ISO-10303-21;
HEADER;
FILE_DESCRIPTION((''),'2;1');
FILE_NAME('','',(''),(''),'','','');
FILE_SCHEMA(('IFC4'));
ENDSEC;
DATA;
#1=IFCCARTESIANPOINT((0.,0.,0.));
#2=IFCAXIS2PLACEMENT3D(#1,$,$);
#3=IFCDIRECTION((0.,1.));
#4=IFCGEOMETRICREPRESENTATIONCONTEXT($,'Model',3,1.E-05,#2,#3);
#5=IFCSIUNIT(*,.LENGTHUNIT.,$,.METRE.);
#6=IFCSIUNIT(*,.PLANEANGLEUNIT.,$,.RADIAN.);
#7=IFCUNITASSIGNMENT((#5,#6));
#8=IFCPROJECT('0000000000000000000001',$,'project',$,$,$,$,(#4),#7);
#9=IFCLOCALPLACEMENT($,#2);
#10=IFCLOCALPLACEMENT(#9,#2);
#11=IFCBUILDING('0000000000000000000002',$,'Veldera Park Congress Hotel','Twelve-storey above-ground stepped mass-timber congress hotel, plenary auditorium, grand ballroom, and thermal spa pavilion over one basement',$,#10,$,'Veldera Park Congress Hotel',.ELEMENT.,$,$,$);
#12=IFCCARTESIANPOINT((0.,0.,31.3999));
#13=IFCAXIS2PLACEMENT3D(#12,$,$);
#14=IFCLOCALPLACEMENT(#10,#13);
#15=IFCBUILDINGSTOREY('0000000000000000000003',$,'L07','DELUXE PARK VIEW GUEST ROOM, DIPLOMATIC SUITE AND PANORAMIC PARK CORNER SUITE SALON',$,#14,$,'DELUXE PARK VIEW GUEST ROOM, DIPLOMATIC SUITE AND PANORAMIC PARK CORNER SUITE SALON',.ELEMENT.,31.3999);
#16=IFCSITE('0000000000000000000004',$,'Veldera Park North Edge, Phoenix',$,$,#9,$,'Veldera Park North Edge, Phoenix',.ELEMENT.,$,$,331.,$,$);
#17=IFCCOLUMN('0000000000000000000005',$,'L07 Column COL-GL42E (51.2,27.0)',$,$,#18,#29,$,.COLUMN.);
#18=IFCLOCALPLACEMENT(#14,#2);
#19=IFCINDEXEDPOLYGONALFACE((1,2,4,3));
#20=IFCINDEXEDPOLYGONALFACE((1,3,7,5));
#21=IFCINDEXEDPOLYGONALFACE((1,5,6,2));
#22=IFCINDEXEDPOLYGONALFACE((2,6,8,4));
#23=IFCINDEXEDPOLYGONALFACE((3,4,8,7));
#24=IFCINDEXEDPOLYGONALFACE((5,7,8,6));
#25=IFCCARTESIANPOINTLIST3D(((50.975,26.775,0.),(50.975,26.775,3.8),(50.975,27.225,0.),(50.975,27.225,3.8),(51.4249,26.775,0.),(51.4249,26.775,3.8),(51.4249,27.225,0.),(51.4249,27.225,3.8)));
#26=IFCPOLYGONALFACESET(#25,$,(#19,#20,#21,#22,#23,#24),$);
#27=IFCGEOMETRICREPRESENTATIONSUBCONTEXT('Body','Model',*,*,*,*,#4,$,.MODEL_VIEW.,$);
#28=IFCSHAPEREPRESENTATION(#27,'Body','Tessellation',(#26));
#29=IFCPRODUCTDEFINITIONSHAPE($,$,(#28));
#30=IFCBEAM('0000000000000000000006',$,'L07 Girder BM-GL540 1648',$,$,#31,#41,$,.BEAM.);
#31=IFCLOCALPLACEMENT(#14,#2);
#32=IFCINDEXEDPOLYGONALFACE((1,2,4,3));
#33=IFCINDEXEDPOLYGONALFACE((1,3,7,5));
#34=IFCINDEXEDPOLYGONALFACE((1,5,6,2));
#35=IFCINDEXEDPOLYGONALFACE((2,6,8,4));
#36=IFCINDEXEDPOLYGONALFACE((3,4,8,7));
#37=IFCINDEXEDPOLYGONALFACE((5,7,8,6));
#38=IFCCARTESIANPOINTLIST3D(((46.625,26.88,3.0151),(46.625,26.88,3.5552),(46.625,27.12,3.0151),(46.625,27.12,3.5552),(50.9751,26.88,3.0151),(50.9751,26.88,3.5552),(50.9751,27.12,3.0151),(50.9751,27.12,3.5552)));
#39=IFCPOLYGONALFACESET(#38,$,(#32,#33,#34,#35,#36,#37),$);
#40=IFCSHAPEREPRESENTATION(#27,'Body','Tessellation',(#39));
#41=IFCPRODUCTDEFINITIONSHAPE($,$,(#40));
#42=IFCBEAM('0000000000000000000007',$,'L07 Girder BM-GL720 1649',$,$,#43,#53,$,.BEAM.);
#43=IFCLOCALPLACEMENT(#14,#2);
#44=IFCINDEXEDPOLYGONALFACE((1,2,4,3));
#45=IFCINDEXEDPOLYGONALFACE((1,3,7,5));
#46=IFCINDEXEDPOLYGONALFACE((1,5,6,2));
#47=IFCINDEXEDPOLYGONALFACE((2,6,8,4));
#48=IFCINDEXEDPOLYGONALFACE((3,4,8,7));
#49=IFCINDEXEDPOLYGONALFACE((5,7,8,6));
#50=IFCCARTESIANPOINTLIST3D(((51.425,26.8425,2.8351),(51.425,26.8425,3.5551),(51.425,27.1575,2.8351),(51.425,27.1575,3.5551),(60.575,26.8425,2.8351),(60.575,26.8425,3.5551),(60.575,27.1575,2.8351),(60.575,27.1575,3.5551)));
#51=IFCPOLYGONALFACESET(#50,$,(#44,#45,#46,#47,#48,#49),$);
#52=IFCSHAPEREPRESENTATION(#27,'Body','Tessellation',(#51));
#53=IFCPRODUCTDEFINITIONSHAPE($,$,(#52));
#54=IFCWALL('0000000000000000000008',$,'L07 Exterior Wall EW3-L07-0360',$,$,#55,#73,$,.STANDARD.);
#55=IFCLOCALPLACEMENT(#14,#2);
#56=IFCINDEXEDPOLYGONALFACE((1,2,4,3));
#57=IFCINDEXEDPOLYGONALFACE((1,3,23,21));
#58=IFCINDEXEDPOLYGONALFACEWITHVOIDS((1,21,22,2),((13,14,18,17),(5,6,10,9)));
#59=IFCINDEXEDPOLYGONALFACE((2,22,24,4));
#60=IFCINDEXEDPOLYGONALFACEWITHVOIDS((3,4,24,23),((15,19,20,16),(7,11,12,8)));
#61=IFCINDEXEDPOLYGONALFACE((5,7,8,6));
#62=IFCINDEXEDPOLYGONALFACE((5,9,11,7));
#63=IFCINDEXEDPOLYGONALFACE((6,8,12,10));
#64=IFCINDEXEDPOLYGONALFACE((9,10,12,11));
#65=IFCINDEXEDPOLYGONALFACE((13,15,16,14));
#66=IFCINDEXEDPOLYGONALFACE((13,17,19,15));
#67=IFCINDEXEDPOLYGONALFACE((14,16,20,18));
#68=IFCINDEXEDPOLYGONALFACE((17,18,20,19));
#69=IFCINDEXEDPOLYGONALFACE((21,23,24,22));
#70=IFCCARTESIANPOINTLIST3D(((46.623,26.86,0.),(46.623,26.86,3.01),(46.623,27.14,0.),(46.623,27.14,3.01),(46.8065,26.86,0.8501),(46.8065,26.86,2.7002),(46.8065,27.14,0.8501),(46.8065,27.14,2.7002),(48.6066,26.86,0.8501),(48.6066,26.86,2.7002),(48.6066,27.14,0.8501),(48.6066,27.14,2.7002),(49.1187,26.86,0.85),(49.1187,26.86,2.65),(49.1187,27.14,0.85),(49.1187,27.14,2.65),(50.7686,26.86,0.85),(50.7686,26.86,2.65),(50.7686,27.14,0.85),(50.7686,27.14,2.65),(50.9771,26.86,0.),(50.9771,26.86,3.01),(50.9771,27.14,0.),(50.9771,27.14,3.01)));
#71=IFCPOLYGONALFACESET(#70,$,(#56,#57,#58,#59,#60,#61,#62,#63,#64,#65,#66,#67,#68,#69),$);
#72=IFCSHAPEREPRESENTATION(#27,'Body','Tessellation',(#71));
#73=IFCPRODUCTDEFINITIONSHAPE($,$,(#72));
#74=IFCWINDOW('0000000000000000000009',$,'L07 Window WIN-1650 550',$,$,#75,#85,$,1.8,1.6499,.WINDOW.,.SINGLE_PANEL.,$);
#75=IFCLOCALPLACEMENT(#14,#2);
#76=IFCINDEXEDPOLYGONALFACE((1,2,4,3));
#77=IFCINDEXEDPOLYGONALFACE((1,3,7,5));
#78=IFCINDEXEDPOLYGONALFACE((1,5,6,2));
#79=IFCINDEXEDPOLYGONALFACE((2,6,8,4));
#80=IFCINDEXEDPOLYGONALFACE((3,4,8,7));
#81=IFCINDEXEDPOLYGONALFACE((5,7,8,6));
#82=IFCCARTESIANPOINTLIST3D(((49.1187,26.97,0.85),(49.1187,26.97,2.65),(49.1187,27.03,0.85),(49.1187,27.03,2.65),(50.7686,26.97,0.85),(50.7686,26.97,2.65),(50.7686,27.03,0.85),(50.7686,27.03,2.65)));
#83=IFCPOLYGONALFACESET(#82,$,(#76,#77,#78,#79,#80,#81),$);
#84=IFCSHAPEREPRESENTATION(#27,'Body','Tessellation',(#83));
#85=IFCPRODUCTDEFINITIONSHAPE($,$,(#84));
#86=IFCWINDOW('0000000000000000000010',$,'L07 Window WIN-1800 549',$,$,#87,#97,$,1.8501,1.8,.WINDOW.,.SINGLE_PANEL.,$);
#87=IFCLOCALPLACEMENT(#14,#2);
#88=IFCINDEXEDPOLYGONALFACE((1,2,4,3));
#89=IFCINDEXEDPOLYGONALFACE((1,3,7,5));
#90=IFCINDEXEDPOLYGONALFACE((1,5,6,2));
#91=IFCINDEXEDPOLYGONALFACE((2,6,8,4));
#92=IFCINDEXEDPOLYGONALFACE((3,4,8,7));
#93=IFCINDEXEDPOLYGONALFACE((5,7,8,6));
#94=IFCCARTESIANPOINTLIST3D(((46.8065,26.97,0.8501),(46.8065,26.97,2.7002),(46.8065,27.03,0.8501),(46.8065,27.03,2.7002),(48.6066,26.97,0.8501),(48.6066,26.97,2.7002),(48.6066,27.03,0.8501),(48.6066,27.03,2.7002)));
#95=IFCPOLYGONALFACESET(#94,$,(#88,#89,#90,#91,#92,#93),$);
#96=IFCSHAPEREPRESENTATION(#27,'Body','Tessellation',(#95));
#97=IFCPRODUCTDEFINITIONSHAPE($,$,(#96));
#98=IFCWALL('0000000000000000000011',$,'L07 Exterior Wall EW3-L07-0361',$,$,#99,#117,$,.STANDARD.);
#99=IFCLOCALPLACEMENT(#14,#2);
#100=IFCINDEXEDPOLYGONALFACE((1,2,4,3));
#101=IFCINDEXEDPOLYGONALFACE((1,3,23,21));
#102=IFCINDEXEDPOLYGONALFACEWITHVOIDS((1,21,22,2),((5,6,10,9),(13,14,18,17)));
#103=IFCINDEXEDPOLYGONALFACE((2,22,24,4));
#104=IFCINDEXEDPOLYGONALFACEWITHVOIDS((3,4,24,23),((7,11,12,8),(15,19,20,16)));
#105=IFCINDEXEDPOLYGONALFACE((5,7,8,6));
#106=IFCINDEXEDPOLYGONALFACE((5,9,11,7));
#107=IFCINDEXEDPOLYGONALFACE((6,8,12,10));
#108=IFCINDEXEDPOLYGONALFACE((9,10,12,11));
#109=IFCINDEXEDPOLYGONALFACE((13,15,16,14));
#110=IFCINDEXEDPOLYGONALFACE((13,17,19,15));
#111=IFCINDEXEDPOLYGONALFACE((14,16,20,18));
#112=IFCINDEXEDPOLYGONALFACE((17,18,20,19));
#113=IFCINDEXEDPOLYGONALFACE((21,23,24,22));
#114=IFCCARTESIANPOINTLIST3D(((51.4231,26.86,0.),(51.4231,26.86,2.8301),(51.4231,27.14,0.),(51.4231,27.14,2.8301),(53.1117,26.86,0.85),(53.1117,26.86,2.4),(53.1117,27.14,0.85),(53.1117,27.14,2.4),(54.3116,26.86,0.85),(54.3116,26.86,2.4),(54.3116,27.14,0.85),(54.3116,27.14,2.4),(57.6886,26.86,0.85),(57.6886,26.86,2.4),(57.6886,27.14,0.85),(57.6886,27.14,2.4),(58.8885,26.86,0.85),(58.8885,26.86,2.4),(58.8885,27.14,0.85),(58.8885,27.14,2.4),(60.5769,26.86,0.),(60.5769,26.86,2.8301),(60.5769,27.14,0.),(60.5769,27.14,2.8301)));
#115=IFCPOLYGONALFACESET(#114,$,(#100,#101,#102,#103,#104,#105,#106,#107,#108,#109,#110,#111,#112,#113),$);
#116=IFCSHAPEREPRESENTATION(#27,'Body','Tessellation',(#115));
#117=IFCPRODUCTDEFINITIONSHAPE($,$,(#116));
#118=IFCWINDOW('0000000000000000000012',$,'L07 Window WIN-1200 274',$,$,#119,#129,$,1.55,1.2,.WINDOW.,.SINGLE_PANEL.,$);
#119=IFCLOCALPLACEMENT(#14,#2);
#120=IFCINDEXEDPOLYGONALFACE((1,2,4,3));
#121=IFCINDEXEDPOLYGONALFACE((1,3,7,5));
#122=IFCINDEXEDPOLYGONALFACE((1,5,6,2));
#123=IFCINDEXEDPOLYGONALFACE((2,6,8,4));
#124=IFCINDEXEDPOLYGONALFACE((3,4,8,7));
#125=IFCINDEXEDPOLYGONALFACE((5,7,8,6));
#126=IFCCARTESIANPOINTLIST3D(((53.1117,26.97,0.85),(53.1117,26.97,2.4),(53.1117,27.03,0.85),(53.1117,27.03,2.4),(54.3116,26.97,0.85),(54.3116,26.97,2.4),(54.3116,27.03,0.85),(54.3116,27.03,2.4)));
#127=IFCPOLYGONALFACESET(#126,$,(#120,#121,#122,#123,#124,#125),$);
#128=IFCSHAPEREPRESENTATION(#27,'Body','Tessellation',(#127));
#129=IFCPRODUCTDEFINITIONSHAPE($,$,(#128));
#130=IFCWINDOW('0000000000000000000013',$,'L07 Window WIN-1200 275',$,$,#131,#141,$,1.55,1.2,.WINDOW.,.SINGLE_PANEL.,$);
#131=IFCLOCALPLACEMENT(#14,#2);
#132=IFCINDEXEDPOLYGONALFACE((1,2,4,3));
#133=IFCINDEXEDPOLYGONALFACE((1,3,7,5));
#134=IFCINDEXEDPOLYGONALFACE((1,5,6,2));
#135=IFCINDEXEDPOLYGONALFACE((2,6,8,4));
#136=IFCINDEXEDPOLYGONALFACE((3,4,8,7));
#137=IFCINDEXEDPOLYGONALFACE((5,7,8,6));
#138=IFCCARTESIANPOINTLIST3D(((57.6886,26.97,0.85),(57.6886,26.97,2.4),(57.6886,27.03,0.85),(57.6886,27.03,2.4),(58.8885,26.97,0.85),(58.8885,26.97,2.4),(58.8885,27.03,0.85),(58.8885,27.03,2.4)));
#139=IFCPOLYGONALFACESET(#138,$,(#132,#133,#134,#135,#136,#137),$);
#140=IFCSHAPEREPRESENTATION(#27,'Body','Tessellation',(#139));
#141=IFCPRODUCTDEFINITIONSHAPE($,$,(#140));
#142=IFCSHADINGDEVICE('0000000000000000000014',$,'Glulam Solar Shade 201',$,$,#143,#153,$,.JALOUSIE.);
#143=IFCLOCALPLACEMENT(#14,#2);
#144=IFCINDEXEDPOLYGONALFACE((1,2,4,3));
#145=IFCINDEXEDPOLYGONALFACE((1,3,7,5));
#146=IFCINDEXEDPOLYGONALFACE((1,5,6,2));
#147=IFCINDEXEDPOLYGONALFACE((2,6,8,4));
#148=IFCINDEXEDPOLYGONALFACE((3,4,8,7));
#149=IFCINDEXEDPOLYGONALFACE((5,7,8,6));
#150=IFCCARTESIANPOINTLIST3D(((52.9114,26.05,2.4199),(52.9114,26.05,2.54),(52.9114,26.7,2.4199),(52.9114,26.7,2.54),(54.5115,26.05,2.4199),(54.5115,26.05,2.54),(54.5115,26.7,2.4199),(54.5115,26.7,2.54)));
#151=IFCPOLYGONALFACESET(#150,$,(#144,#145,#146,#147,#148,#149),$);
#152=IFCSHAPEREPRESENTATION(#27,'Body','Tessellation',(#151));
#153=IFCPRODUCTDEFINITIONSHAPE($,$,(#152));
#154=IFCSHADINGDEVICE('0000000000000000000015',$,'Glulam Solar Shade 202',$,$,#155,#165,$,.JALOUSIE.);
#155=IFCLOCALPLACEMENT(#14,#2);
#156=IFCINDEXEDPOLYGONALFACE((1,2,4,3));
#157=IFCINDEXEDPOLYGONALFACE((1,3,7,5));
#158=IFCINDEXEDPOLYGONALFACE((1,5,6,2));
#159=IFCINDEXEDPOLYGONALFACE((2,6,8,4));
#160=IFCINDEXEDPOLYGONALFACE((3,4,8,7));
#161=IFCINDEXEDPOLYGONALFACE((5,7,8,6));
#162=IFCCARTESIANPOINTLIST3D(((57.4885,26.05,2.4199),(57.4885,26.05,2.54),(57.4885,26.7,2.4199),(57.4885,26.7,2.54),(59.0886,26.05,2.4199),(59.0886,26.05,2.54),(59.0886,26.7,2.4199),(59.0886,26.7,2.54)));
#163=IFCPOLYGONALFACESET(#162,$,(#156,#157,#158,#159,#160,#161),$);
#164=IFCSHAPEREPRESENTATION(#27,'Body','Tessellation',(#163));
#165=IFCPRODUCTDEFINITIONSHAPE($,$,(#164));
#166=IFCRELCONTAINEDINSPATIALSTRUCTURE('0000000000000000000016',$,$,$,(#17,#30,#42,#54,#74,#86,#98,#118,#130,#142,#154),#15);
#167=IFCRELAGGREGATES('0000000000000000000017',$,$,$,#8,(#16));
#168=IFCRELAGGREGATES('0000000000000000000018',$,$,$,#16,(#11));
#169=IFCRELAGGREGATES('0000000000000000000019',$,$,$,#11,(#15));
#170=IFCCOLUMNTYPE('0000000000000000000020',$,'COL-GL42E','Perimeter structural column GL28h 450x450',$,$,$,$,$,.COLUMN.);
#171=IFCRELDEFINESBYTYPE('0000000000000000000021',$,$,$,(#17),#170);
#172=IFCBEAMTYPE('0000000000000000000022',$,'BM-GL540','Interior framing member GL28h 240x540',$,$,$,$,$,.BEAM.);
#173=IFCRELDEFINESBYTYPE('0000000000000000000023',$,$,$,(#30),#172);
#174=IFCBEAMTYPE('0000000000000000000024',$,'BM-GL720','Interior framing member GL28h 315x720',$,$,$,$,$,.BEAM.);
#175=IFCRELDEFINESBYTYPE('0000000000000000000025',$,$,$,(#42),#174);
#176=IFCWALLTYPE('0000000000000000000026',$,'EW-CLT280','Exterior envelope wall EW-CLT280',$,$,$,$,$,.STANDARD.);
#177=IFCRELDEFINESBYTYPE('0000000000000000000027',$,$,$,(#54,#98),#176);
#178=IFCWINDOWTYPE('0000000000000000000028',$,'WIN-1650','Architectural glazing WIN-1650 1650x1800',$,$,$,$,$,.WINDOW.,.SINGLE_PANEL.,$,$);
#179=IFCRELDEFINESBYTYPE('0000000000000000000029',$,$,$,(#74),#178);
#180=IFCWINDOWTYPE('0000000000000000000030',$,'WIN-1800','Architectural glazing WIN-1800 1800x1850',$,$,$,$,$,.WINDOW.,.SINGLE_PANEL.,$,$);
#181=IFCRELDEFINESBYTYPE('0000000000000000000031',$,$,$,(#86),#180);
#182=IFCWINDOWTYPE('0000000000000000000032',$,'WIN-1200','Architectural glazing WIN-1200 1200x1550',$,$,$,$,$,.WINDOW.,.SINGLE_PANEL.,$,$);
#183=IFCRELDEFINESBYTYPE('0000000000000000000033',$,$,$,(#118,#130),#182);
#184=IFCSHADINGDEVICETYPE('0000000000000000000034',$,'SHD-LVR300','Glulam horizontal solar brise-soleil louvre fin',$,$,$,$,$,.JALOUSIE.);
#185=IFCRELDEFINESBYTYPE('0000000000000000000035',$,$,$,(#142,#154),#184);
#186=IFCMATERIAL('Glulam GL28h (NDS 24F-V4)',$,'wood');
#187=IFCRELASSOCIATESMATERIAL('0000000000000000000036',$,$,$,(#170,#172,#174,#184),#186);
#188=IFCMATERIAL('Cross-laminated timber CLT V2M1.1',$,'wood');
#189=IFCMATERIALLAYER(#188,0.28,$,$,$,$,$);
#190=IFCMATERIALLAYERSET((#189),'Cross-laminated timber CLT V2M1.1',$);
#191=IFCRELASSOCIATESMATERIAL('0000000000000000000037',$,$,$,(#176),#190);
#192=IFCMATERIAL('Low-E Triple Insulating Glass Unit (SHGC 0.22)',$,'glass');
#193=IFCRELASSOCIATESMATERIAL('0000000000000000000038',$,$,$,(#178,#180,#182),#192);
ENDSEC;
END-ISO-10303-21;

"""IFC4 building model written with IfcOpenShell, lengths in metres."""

from ifc_helpers import new_model, si_unit, direction, frame, frame_2d, origin, origin_2d, place, context, subcontext, project, spatial, rectangle, extrude, material, layer, layer_set, material_profile, profile_set, type_object, element, fill, save


model = new_model("IFC4")

# Units and contexts
model_context = context("Model", 3, precision=1e-05, world=origin(), true_north=direction((0.0, 1.0)))
body_context = subcontext(model_context, "Body", "Model", "MODEL_VIEW")
ifc_project = project(units=[si_unit("LENGTHUNIT", "METRE"), si_unit("PLANEANGLEUNIT", "RADIAN")], contexts=[model_context])

# Site, building, storey
site_placement = place(None, origin())
site = spatial("IfcSite", under=ifc_project, at=site_placement, Name="Veldera Park North Edge, Phoenix", LongName="Veldera Park North Edge, Phoenix", CompositionType="ELEMENT", RefElevation=331.0)
building_placement = place(site_placement, origin())
building = spatial("IfcBuilding", under=site, at=building_placement, Name="Veldera Park Congress Hotel", Description="Twelve-storey above-ground stepped mass-timber congress hotel, plenary auditorium, grand ballroom, and thermal spa pavilion over one basement", LongName="Veldera Park Congress Hotel", CompositionType="ELEMENT")
storey_placement = place(building_placement, frame((0.0, 0.0, 31.3999)))
storey = spatial("IfcBuildingStorey", under=building, at=storey_placement, Name="L07", Description="DELUXE PARK VIEW GUEST ROOM, DIPLOMATIC SUITE AND PANORAMIC PARK CORNER SUITE SALON", LongName="DELUXE PARK VIEW GUEST ROOM, DIPLOMATIC SUITE AND PANORAMIC PARK CORNER SUITE SALON", CompositionType="ELEMENT", Elevation=31.3999)

# Column
ifc_material_1 = material(Name="Glulam GL28h (NDS 24F-V4)", Category="wood")
ifc_material_profile_1 = material_profile(ifc_material_1, rectangle(XDim=0.45, YDim=0.45, at=origin_2d()), Name="GL28h 450x450")
ifc_profile_set_1 = profile_set([ifc_material_profile_1], Name="Glulam GL28h (NDS 24F-V4)")
column_type = type_object("IfcColumnType", Name="COL-GL42E", Description="Perimeter structural column GL28h 450x450", PredefinedType="COLUMN", material=ifc_profile_set_1)
column_placement = place(storey_placement, frame((51.2, 27.0, 0.0), z_axis=(0.0, 0.0, 1.0), x_axis=(1.0, 0.0, 0.0)))
element("IfcColumn", 1, at=column_placement, inside=storey, type_object=column_type, Name="L07 Column COL-GL42E (51.2,27.0)", PredefinedType="COLUMN", context=body_context, shape_type="SweptSolid", body=[
    extrude(rectangle(XDim=0.45, YDim=0.45, at=origin_2d()), origin(), (0.0, 0.0, 1.0), 3.8),
])

# Beams
ifc_material_profile_2 = material_profile(ifc_material_1, rectangle(XDim=0.24, YDim=0.54, at=origin_2d()), Name="GL28h 240x540")
ifc_profile_set_2 = profile_set([ifc_material_profile_2], Name="Glulam GL28h (NDS 24F-V4)")
beam_type_1 = type_object("IfcBeamType", Name="BM-GL540", Description="Interior framing member GL28h 240x540", PredefinedType="BEAM", material=ifc_profile_set_2)
beam_1_placement = place(storey_placement, frame((46.625, 27.0, 3.2852), z_axis=(1.0, 0.0, 0.0), x_axis=(0.0, 1.0, 0.0)))
element("IfcBeam", 2, at=beam_1_placement, inside=storey, type_object=beam_type_1, Name="L07 Girder BM-GL540 1648", PredefinedType="BEAM", context=body_context, shape_type="SweptSolid", body=[
    extrude(rectangle(XDim=0.24, YDim=0.54, at=origin_2d()), origin(), (0.0, 0.0, 1.0), 4.3501),
])
ifc_material_profile_3 = material_profile(ifc_material_1, rectangle(XDim=0.3149, YDim=0.72, at=origin_2d()), Name="GL28h 315x720")
ifc_profile_set_3 = profile_set([ifc_material_profile_3], Name="Glulam GL28h (NDS 24F-V4)")
beam_type_2 = type_object("IfcBeamType", Name="BM-GL720", Description="Interior framing member GL28h 315x720", PredefinedType="BEAM", material=ifc_profile_set_3)
beam_2_placement = place(storey_placement, frame((51.425, 27.0, 3.1951), z_axis=(1.0, 0.0, 0.0), x_axis=(0.0, 1.0, 0.0)))
element("IfcBeam", 3, at=beam_2_placement, inside=storey, type_object=beam_type_2, Name="L07 Girder BM-GL720 1649", PredefinedType="BEAM", context=body_context, shape_type="SweptSolid", body=[
    extrude(rectangle(XDim=0.3149, YDim=0.72, at=origin_2d()), origin(), (0.0, 0.0, 1.0), 9.1499),
])

# Walls, openings, windows
ifc_material_2 = material(Name="Cross-laminated timber CLT V2M1.1", Category="wood")
ifc_layer = layer(ifc_material_2, 0.28)
ifc_layer_set = layer_set([ifc_layer], Name="Cross-laminated timber CLT V2M1.1")
wall_type = type_object("IfcWallType", Name="EW-CLT280", Description="Exterior envelope wall EW-CLT280", PredefinedType="STANDARD", material=ifc_layer_set)
wall_1_placement = place(storey_placement, frame((46.623, 27.0, 0.0), z_axis=(0.0, 0.0, 1.0), x_axis=(1.0, 0.0, 0.0)))
wall_1 = element("IfcWall", 4, at=wall_1_placement, inside=storey, type_object=wall_type, Name="L07 Exterior Wall EW3-L07-0360", PredefinedType="STANDARD", context=body_context, shape_type="SweptSolid", body=[
    extrude(rectangle(XDim=4.354, YDim=0.28, at=frame_2d((2.177, 0.0))), origin(), (0.0, 0.0, 1.0), 3.01),
])
opening_1_placement = place(wall_1_placement, frame((0.1836, 0.0, 0.8501)))
opening_1 = element("IfcOpeningElement", 5, at=opening_1_placement, cuts=wall_1, PredefinedType="OPENING", context=body_context, shape_type="SweptSolid", body=[
    extrude(rectangle(XDim=1.8, YDim=1.8501, at=frame_2d((0.8999, 0.925))), frame((0.0, 0.1521, 0.0), z_axis=(0.0, -1.0, 0.0), x_axis=(1.0, 0.0, 0.0)), (0.0, 0.0, 1.0), 0.304),
])
opening_2_placement = place(wall_1_placement, frame((2.4956, 0.0, 0.8501)))
opening_2 = element("IfcOpeningElement", 6, at=opening_2_placement, cuts=wall_1, PredefinedType="OPENING", context=body_context, shape_type="SweptSolid", body=[
    extrude(rectangle(XDim=1.6499, YDim=1.8, at=frame_2d((0.825, 0.8999))), frame((0.0, 0.1521, 0.0), z_axis=(0.0, -1.0, 0.0), x_axis=(1.0, 0.0, 0.0)), (0.0, 0.0, 1.0), 0.304),
])
ifc_material_3 = material(Name="Low-E Triple Insulating Glass Unit (SHGC 0.22)", Category="glass")
window_type_1 = type_object("IfcWindowType", Name="WIN-1650", Description="Architectural glazing WIN-1650 1650x1800", PartitioningType="SINGLE_PANEL", PredefinedType="WINDOW", material=ifc_material_3)
window_1_placement = place(opening_2_placement, origin())
window_1 = element("IfcWindow", 7, at=window_1_placement, inside=storey, type_object=window_type_1, Name="L07 Window WIN-1650 550", OverallHeight=1.8, OverallWidth=1.6499, PartitioningType="SINGLE_PANEL", PredefinedType="WINDOW", context=body_context, shape_type="SweptSolid", body=[
    extrude(rectangle(XDim=1.6499, YDim=1.8, at=frame_2d((0.825, 0.8999))), frame((0.0, 0.03, 0.0), z_axis=(0.0, -1.0, 0.0), x_axis=(1.0, 0.0, 0.0)), (0.0, 0.0, 1.0), 0.0601),
])
fill(opening_2, window_1)
window_type_2 = type_object("IfcWindowType", Name="WIN-1800", Description="Architectural glazing WIN-1800 1800x1850", PartitioningType="SINGLE_PANEL", PredefinedType="WINDOW", material=ifc_material_3)
window_2_placement = place(opening_1_placement, origin())
window_2 = element("IfcWindow", 8, at=window_2_placement, inside=storey, type_object=window_type_2, Name="L07 Window WIN-1800 549", OverallHeight=1.8501, OverallWidth=1.8, PartitioningType="SINGLE_PANEL", PredefinedType="WINDOW", context=body_context, shape_type="SweptSolid", body=[
    extrude(rectangle(XDim=1.8, YDim=1.8501, at=frame_2d((0.8999, 0.925))), frame((0.0, 0.03, 0.0), z_axis=(0.0, -1.0, 0.0), x_axis=(1.0, 0.0, 0.0)), (0.0, 0.0, 1.0), 0.0601),
])
fill(opening_1, window_2)
wall_2_placement = place(storey_placement, frame((51.4231, 27.0, 0.0), z_axis=(0.0, 0.0, 1.0), x_axis=(1.0, 0.0, 0.0)))
wall_2 = element("IfcWall", 9, at=wall_2_placement, inside=storey, type_object=wall_type, Name="L07 Exterior Wall EW3-L07-0361", PredefinedType="STANDARD", context=body_context, shape_type="SweptSolid", body=[
    extrude(rectangle(XDim=9.1538, YDim=0.28, at=frame_2d((4.5769, 0.0))), origin(), (0.0, 0.0, 1.0), 2.8301),
])
opening_3_placement = place(wall_2_placement, frame((1.6885, 0.0, 0.8501)))
opening_3 = element("IfcOpeningElement", 10, at=opening_3_placement, cuts=wall_2, PredefinedType="OPENING", context=body_context, shape_type="SweptSolid", body=[
    extrude(rectangle(XDim=1.2, YDim=1.55, at=frame_2d((0.6001, 0.7749))), frame((0.0, 0.1521, 0.0), z_axis=(0.0, -1.0, 0.0), x_axis=(1.0, 0.0, 0.0)), (0.0, 0.0, 1.0), 0.304),
])
opening_4_placement = place(wall_2_placement, frame((6.2654, 0.0, 0.8501)))
opening_4 = element("IfcOpeningElement", 11, at=opening_4_placement, cuts=wall_2, PredefinedType="OPENING", context=body_context, shape_type="SweptSolid", body=[
    extrude(rectangle(XDim=1.2, YDim=1.55, at=frame_2d((0.6001, 0.7749))), frame((0.0, 0.1521, 0.0), z_axis=(0.0, -1.0, 0.0), x_axis=(1.0, 0.0, 0.0)), (0.0, 0.0, 1.0), 0.304),
])
window_type_3 = type_object("IfcWindowType", Name="WIN-1200", Description="Architectural glazing WIN-1200 1200x1550", PartitioningType="SINGLE_PANEL", PredefinedType="WINDOW", material=ifc_material_3)
window_3_placement = place(opening_3_placement, origin())
window_3 = element("IfcWindow", 12, at=window_3_placement, inside=storey, type_object=window_type_3, Name="L07 Window WIN-1200 274", OverallHeight=1.55, OverallWidth=1.2, PartitioningType="SINGLE_PANEL", PredefinedType="WINDOW", context=body_context, shape_type="SweptSolid", body=[
    extrude(rectangle(XDim=1.2, YDim=1.55, at=frame_2d((0.6001, 0.7749))), frame((0.0, 0.03, 0.0), z_axis=(0.0, -1.0, 0.0), x_axis=(1.0, 0.0, 0.0)), (0.0, 0.0, 1.0), 0.0601),
])
fill(opening_3, window_3)
window_4_placement = place(opening_4_placement, origin())
window_4 = element("IfcWindow", 13, at=window_4_placement, inside=storey, type_object=window_type_3, Name="L07 Window WIN-1200 275", OverallHeight=1.55, OverallWidth=1.2, PartitioningType="SINGLE_PANEL", PredefinedType="WINDOW", context=body_context, shape_type="SweptSolid", body=[
    extrude(rectangle(XDim=1.2, YDim=1.55, at=frame_2d((0.6001, 0.7749))), frame((0.0, 0.03, 0.0), z_axis=(0.0, -1.0, 0.0), x_axis=(1.0, 0.0, 0.0)), (0.0, 0.0, 1.0), 0.0601),
])
fill(opening_4, window_4)

# Shading devices
shading_device_type = type_object("IfcShadingDeviceType", Name="SHD-LVR300", Description="Glulam horizontal solar brise-soleil louvre fin", PredefinedType="JALOUSIE", material=ifc_material_1)
for number, where, z_axis, x_axis, name in (
    (14, (53.7114, 26.375, 2.4199), (0.0, 0.0, 1.0), (1.0, 0.0, 0.0), "Glulam Solar Shade 201"),
    (15, (58.2886, 26.375, 2.4199), (0.0, 0.0, 1.0), (1.0, 0.0, 0.0), "Glulam Solar Shade 202"),
):
    element("IfcShadingDevice", number, at=place(storey_placement, frame(where, z_axis=z_axis, x_axis=x_axis)), inside=storey, type_object=shading_device_type, Name=name, PredefinedType="JALOUSIE", context=body_context, shape_type="SweptSolid", body=[
        extrude(rectangle(XDim=1.6001, YDim=0.6499, at=origin_2d()), origin(), (0.0, 0.0, 1.0), 0.1201),
    ])

save(model, "model.ifc")
